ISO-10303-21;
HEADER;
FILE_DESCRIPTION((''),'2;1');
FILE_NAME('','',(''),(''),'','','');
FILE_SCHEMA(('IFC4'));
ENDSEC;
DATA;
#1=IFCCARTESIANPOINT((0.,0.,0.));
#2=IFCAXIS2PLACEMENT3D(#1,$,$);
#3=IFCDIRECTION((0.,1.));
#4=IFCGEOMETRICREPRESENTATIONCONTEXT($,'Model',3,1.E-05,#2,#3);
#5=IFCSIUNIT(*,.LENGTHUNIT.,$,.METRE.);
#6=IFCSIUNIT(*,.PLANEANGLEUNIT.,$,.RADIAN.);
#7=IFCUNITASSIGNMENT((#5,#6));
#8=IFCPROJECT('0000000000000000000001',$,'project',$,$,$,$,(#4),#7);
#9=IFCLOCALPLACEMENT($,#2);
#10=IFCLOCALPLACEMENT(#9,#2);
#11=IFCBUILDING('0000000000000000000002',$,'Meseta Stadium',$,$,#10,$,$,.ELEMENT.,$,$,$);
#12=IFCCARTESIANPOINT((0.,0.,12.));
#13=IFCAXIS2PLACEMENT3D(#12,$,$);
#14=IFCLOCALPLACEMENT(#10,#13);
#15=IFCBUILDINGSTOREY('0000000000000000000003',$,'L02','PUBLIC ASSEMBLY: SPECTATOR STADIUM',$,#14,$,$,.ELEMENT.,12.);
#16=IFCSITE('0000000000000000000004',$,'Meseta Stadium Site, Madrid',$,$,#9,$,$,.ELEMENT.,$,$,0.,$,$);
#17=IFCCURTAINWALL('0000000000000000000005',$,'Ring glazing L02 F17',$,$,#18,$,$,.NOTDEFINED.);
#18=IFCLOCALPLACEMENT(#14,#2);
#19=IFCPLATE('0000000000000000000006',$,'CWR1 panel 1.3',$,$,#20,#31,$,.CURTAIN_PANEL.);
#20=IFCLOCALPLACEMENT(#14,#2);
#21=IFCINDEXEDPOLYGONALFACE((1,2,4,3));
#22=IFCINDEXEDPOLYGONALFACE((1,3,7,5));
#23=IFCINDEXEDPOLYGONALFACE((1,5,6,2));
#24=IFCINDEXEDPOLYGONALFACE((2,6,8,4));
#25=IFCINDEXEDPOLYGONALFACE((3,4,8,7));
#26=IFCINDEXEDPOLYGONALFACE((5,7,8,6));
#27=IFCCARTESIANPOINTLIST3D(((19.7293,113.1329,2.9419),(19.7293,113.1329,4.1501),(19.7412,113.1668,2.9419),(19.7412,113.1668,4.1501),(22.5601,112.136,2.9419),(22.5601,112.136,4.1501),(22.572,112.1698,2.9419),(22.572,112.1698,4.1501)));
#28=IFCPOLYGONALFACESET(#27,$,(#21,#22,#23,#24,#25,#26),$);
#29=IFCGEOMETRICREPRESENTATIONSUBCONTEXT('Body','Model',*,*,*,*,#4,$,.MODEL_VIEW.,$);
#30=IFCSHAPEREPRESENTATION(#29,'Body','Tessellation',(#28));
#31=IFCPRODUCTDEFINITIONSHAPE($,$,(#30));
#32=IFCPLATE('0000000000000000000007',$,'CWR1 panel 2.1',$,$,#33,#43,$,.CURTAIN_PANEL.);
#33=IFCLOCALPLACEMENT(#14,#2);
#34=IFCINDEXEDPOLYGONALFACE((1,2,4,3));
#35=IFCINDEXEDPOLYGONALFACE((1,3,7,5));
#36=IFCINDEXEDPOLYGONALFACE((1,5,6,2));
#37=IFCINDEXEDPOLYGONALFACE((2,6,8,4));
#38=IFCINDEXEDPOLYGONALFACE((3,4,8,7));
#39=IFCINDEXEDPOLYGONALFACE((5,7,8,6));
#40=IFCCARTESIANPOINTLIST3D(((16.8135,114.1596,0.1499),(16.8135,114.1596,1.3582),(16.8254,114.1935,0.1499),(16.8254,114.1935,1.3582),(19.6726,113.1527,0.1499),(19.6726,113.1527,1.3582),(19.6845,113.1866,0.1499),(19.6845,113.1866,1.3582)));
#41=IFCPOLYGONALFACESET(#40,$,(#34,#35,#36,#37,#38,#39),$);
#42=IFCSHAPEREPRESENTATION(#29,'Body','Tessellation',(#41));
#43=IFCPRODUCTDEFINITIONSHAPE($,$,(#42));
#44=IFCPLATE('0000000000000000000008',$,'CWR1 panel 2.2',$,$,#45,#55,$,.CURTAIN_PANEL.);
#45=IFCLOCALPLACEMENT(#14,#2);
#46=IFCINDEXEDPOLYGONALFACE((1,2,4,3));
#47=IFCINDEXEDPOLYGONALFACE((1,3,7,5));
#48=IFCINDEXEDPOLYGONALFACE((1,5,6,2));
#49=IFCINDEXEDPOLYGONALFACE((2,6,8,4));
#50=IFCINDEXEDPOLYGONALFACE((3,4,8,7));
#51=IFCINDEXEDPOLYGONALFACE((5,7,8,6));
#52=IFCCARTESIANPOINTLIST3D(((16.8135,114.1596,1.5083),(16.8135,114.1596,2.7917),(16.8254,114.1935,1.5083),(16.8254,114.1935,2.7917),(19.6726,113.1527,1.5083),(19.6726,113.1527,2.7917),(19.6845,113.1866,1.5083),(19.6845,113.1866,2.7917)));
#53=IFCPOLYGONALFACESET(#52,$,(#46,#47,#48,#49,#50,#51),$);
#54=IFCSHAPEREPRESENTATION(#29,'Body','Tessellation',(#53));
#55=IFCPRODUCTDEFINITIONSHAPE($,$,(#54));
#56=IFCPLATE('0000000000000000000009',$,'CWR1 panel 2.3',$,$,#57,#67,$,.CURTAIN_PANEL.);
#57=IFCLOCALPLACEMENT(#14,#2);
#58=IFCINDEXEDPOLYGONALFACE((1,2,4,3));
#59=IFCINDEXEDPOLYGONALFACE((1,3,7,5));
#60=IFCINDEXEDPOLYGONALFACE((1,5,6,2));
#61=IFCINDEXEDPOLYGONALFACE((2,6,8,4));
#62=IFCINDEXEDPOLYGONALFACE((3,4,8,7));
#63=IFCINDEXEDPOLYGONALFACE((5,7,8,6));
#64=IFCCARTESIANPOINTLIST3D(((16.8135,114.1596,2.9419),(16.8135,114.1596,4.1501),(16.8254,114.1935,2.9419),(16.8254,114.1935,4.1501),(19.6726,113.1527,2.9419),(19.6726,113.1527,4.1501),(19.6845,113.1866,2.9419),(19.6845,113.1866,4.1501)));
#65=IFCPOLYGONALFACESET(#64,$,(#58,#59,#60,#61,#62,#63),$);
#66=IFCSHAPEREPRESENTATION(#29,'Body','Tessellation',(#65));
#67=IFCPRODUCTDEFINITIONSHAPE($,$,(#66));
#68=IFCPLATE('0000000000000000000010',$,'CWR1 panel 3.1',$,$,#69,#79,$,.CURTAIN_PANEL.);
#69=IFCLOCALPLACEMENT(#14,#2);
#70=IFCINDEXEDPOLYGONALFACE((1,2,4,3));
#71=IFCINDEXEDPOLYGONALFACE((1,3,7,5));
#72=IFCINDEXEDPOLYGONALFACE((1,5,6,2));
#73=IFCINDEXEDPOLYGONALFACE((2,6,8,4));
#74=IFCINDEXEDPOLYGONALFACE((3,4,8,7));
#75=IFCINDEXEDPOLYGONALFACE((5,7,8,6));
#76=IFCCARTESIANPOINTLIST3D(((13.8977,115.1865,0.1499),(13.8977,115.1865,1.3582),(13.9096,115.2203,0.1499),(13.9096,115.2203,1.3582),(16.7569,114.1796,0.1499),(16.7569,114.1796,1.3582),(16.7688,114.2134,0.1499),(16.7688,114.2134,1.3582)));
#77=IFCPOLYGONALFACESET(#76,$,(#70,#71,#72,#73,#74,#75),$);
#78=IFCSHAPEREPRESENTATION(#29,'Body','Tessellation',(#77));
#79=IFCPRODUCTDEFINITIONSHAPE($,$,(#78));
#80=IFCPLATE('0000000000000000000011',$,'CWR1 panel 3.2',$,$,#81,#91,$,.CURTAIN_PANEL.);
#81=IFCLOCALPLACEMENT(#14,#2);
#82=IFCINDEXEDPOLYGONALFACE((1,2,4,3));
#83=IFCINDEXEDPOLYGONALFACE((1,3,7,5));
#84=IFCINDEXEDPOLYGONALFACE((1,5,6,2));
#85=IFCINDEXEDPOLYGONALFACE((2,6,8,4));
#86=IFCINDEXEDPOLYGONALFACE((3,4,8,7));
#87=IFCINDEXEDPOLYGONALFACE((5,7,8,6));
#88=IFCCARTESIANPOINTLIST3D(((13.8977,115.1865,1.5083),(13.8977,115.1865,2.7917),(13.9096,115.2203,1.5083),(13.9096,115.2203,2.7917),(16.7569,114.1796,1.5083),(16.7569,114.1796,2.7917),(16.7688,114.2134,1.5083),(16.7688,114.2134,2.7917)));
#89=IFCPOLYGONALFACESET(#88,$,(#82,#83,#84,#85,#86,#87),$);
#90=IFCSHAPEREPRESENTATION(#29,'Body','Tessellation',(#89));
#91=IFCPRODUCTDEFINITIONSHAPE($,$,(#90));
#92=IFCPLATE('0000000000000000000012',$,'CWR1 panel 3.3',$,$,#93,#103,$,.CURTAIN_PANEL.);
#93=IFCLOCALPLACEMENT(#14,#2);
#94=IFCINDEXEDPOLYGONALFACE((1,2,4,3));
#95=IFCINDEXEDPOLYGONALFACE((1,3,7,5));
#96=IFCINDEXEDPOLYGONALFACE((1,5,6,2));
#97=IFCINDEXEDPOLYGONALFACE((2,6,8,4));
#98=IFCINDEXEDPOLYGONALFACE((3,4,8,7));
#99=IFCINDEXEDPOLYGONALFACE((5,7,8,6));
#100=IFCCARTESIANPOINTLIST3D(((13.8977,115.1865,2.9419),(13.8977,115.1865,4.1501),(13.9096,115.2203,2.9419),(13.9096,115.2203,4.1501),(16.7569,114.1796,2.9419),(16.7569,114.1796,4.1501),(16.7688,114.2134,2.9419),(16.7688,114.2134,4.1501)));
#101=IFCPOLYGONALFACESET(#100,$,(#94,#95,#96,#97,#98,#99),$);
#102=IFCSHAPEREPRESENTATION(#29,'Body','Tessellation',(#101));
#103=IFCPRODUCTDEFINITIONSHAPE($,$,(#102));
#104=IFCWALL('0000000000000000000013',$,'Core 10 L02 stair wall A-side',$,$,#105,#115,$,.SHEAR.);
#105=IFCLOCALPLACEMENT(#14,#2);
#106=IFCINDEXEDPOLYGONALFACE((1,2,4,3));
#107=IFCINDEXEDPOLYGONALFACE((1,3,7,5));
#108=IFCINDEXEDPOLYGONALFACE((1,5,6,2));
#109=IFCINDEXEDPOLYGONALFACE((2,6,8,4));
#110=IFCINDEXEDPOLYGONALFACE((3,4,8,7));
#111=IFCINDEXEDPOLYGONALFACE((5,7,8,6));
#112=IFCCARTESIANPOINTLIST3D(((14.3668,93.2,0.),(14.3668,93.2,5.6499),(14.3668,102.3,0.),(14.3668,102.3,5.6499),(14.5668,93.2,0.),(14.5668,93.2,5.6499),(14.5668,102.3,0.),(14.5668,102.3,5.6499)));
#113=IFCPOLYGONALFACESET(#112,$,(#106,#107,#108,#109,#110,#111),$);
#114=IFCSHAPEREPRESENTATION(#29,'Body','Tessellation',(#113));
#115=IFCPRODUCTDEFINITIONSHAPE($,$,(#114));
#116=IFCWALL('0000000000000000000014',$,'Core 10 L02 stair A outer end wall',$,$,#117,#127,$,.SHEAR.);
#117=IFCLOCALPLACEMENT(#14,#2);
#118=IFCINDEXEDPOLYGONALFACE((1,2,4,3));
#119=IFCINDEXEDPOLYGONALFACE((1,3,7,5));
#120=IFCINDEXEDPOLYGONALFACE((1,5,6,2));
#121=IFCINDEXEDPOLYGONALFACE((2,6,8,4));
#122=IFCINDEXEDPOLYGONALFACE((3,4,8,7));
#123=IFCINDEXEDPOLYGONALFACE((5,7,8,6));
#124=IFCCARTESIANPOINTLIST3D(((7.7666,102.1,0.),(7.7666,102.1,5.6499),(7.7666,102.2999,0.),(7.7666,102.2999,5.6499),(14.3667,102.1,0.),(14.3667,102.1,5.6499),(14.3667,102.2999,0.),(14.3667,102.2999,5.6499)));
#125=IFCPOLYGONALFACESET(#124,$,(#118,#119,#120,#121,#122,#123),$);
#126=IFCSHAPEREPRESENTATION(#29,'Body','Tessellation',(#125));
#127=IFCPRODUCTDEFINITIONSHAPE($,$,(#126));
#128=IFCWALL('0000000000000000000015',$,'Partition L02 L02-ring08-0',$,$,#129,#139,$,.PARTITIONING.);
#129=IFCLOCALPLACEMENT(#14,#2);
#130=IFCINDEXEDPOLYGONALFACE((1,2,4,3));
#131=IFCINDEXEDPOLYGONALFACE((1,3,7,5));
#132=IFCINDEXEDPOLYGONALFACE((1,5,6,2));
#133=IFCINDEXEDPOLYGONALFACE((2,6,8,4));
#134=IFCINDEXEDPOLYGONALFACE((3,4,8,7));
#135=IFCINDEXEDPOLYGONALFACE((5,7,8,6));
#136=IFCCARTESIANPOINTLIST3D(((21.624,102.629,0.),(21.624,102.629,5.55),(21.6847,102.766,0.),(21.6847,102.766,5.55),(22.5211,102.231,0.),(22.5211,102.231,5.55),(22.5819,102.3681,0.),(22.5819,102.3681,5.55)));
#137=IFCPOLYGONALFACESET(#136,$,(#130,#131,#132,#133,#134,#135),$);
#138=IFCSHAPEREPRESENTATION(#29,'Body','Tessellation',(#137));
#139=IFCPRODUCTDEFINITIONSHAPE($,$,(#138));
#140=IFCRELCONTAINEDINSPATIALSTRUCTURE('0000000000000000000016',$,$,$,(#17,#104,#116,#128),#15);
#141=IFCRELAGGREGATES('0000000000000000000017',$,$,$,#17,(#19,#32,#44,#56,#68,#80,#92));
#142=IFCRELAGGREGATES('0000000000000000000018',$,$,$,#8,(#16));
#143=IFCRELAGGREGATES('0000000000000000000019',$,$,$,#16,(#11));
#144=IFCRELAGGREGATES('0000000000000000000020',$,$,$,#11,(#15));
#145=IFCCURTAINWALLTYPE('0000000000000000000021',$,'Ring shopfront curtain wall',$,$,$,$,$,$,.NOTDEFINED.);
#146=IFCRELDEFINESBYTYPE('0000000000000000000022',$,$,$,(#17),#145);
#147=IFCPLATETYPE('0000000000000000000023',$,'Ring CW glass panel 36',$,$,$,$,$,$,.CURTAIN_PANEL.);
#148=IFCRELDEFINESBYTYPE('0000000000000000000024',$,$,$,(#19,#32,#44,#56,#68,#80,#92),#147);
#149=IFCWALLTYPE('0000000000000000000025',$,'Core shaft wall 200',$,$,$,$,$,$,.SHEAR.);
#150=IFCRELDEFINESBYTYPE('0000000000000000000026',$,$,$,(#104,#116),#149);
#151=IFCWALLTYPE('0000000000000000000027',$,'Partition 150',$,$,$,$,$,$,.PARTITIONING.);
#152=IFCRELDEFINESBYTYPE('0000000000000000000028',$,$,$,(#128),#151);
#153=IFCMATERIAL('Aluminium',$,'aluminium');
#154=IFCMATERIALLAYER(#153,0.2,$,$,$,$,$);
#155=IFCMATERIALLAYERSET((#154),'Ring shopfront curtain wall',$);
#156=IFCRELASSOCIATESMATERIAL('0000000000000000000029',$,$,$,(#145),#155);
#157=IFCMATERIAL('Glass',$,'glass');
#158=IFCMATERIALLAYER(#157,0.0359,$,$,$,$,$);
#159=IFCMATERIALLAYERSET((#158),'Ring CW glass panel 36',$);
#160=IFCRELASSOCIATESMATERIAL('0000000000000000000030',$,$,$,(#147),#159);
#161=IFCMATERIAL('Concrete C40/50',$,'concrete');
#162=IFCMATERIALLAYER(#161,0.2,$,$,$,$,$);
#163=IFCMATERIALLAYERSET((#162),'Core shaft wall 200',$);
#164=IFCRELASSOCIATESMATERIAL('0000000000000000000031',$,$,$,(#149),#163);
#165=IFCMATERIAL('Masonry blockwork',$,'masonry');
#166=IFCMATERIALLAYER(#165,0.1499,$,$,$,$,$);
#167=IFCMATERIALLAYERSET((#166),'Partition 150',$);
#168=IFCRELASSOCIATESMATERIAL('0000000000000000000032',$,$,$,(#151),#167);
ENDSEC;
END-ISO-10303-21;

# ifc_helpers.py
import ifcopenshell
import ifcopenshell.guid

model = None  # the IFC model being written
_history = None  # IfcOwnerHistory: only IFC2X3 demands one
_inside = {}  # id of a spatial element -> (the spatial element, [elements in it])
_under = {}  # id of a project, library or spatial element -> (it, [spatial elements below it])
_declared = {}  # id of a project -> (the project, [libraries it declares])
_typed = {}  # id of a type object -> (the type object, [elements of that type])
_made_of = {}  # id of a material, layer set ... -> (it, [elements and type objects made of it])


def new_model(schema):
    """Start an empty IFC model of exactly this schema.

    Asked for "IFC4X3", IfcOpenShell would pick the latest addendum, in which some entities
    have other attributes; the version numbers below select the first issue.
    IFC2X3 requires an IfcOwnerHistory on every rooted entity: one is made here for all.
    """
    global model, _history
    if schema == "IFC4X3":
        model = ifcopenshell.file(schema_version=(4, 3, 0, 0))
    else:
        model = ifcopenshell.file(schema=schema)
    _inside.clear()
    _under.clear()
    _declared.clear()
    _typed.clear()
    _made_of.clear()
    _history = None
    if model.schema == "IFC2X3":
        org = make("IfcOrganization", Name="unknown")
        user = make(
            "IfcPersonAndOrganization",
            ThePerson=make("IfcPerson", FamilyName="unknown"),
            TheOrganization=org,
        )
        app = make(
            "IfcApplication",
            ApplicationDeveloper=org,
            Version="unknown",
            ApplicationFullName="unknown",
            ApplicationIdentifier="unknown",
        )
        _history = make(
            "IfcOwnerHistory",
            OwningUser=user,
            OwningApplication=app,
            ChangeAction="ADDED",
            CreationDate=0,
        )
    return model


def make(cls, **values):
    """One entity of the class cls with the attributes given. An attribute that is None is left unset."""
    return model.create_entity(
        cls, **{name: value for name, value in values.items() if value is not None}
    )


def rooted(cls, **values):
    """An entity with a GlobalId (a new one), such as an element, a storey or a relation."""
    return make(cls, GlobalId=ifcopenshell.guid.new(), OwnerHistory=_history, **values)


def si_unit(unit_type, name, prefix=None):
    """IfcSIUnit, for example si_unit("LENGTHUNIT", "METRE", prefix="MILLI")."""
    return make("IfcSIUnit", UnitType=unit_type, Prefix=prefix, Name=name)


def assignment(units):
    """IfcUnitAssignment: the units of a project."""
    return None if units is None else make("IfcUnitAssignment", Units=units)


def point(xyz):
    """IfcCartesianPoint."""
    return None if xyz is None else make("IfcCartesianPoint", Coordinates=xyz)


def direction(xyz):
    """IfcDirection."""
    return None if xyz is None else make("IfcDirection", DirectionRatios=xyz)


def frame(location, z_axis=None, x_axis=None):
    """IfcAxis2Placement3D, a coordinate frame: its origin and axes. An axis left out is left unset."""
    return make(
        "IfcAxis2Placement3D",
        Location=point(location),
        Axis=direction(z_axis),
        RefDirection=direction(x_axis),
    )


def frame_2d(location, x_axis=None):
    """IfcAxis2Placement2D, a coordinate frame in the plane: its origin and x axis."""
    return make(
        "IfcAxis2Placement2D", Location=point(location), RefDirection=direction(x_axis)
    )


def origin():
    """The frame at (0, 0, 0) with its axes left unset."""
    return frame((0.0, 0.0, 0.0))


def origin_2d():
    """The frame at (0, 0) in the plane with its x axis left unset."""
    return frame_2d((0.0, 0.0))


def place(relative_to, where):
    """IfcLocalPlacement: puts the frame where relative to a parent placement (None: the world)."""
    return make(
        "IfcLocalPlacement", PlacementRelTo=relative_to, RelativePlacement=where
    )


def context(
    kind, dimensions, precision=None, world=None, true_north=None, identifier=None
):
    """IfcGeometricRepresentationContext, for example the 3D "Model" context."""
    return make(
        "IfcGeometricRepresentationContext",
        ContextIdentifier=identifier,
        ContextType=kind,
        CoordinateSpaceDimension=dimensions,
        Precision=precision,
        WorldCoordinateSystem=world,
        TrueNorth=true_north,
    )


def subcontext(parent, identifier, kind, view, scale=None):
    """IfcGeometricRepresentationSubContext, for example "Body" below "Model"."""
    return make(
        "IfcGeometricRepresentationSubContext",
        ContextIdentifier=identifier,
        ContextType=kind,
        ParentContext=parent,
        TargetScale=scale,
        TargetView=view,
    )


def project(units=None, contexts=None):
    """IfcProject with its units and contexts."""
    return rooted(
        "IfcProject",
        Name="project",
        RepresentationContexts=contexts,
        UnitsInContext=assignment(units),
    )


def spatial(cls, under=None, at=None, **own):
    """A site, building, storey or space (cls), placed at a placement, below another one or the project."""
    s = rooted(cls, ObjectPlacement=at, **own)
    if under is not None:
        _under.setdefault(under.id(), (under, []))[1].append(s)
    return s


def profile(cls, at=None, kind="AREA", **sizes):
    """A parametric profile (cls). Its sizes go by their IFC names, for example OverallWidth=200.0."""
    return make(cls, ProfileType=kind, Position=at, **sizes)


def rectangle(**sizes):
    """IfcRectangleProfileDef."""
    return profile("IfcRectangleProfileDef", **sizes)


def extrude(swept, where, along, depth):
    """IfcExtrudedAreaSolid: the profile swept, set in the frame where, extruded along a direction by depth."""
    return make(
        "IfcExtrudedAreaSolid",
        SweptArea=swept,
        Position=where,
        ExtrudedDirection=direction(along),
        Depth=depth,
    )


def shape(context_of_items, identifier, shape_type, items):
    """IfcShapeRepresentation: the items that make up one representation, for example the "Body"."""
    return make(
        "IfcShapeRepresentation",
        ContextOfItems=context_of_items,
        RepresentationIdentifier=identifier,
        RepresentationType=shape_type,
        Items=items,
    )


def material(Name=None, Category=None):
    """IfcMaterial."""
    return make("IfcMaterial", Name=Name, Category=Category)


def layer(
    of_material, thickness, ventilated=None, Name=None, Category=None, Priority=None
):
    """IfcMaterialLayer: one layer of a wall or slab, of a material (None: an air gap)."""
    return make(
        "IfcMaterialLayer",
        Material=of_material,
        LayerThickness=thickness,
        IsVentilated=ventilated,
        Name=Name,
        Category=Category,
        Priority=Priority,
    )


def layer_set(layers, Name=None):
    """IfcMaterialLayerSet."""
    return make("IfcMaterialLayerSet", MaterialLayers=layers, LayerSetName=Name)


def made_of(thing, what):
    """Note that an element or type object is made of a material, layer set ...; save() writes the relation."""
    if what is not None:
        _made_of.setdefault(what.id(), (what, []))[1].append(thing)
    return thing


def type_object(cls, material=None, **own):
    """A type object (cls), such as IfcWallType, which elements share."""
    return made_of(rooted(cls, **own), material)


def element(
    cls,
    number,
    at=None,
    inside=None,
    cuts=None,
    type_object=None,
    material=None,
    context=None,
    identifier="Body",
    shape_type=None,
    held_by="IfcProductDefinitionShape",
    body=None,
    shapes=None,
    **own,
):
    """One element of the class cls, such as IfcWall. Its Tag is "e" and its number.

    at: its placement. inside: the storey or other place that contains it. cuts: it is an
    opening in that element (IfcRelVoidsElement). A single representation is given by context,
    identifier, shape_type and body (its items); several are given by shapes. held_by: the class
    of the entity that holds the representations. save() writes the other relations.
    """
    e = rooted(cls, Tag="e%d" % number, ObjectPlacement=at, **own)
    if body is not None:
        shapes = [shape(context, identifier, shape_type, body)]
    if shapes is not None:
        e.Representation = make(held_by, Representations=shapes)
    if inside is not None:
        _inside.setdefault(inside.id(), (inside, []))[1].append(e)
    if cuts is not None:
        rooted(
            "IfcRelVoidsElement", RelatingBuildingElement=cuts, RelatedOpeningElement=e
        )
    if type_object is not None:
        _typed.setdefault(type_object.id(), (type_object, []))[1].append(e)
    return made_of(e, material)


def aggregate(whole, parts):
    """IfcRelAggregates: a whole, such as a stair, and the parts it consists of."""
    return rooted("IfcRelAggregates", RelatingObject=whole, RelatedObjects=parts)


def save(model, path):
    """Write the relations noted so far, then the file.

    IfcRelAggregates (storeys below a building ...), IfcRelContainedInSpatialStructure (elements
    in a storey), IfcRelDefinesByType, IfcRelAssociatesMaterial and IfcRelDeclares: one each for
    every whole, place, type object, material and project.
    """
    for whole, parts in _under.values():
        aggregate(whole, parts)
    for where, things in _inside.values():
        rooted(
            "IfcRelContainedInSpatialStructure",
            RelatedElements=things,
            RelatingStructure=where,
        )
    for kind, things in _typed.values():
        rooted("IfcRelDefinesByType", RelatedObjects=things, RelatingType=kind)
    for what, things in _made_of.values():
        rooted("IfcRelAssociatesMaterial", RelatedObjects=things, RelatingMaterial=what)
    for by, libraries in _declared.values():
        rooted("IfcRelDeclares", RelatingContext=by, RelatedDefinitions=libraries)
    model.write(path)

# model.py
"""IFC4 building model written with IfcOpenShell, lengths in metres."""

from ifc_helpers import new_model, si_unit, direction, frame, frame_2d, origin, origin_2d, place, context, subcontext, project, spatial, rectangle, extrude, material, layer, layer_set, type_object, element, aggregate, save


model = new_model("IFC4")

# Units and contexts
model_context = context("Model", 3, precision=1e-05, world=origin(), true_north=direction((0.0, 1.0)))
body_context = subcontext(model_context, "Body", "Model", "MODEL_VIEW")
ifc_project = project(units=[si_unit("LENGTHUNIT", "METRE"), si_unit("PLANEANGLEUNIT", "RADIAN")], contexts=[model_context])

# Site, building, storey
site_placement = place(None, origin())
site = spatial("IfcSite", under=ifc_project, at=site_placement, Name="Meseta Stadium Site, Madrid", CompositionType="ELEMENT", RefElevation=0.0)
building_placement = place(site_placement, origin())
building = spatial("IfcBuilding", under=site, at=building_placement, Name="Meseta Stadium", CompositionType="ELEMENT")
storey_placement = place(building_placement, frame((0.0, 0.0, 12.0)))
storey = spatial("IfcBuildingStorey", under=building, at=storey_placement, Name="L02", Description="PUBLIC ASSEMBLY: SPECTATOR STADIUM", CompositionType="ELEMENT", Elevation=12.0)

# Curtain wall, plates
ifc_material_1 = material(Name="Aluminium", Category="aluminium")
ifc_layer_1 = layer(ifc_material_1, 0.2)
ifc_layer_set_1 = layer_set([ifc_layer_1], Name="Ring shopfront curtain wall")
curtain_wall_type = type_object("IfcCurtainWallType", Name="Ring shopfront curtain wall", PredefinedType="NOTDEFINED", material=ifc_layer_set_1)
curtain_wall_placement = place(storey_placement, origin())
curtain_wall = element("IfcCurtainWall", 1, at=curtain_wall_placement, inside=storey, type_object=curtain_wall_type, Name="Ring glazing L02 F17", PredefinedType="NOTDEFINED")
ifc_material_2 = material(Name="Glass", Category="glass")
ifc_layer_2 = layer(ifc_material_2, 0.0359)
ifc_layer_set_2 = layer_set([ifc_layer_2], Name="Ring CW glass panel 36")
plate_type = type_object("IfcPlateType", Name="Ring CW glass panel 36", PredefinedType="CURTAIN_PANEL", material=ifc_layer_set_2)
plate_1_placement = place(storey_placement, frame((21.1506, 112.6514, 2.9419), z_axis=(0.0, 0.0, 1.0), x_axis=(-0.943218, 0.332174, 0.0)))
plate_1 = element("IfcPlate", 2, at=plate_1_placement, type_object=plate_type, Name="CWR1 panel 1.3", PredefinedType="CURTAIN_PANEL", context=body_context, shape_type="SweptSolid", body=[
    extrude(rectangle(XDim=3.0012, YDim=0.0359, at=origin_2d()), origin(), (0.0, 0.0, 1.0), 1.2083),
])
plate_2_placement = place(storey_placement, frame((18.249, 113.6731, 0.1499), z_axis=(0.0, 0.0, 1.0), x_axis=(-0.943218, 0.332174, 0.0)))
plate_2 = element("IfcPlate", 3, at=plate_2_placement, type_object=plate_type, Name="CWR1 panel 2.1", PredefinedType="CURTAIN_PANEL", context=body_context, shape_type="SweptSolid", body=[
    extrude(rectangle(XDim=3.0312, YDim=0.0359, at=origin_2d()), origin(), (0.0, 0.0, 1.0), 1.2083),
])
plate_3_placement = place(storey_placement, frame((18.249, 113.6731, 1.5083), z_axis=(0.0, 0.0, 1.0), x_axis=(-0.943218, 0.332174, 0.0)))
plate_3 = element("IfcPlate", 4, at=plate_3_placement, type_object=plate_type, Name="CWR1 panel 2.2", PredefinedType="CURTAIN_PANEL", context=body_context, shape_type="SweptSolid", body=[
    extrude(rectangle(XDim=3.0312, YDim=0.0359, at=origin_2d()), origin(), (0.0, 0.0, 1.0), 1.2834),
])
plate_4_placement = place(storey_placement, frame((18.249, 113.6731, 2.9419), z_axis=(0.0, 0.0, 1.0), x_axis=(-0.943218, 0.332174, 0.0)))
plate_4 = element("IfcPlate", 5, at=plate_4_placement, type_object=plate_type, Name="CWR1 panel 2.3", PredefinedType="CURTAIN_PANEL", context=body_context, shape_type="SweptSolid", body=[
    extrude(rectangle(XDim=3.0312, YDim=0.0359, at=origin_2d()), origin(), (0.0, 0.0, 1.0), 1.2083),
])
plate_5_placement = place(storey_placement, frame((15.3333, 114.7, 0.1499), z_axis=(0.0, 0.0, 1.0), x_axis=(-0.943218, 0.332174, 0.0)))
plate_5 = element("IfcPlate", 6, at=plate_5_placement, type_object=plate_type, Name="CWR1 panel 3.1", PredefinedType="CURTAIN_PANEL", context=body_context, shape_type="SweptSolid", body=[
    extrude(rectangle(XDim=3.0312, YDim=0.0359, at=origin_2d()), origin(), (0.0, 0.0, 1.0), 1.2083),
])
plate_6_placement = place(storey_placement, frame((15.3333, 114.7, 1.5083), z_axis=(0.0, 0.0, 1.0), x_axis=(-0.943218, 0.332174, 0.0)))
plate_6 = element("IfcPlate", 7, at=plate_6_placement, type_object=plate_type, Name="CWR1 panel 3.2", PredefinedType="CURTAIN_PANEL", context=body_context, shape_type="SweptSolid", body=[
    extrude(rectangle(XDim=3.0312, YDim=0.0359, at=origin_2d()), origin(), (0.0, 0.0, 1.0), 1.2834),
])
plate_7_placement = place(storey_placement, frame((15.3333, 114.7, 2.9419), z_axis=(0.0, 0.0, 1.0), x_axis=(-0.943218, 0.332174, 0.0)))
plate_7 = element("IfcPlate", 8, at=plate_7_placement, type_object=plate_type, Name="CWR1 panel 3.3", PredefinedType="CURTAIN_PANEL", context=body_context, shape_type="SweptSolid", body=[
    extrude(rectangle(XDim=3.0312, YDim=0.0359, at=origin_2d()), origin(), (0.0, 0.0, 1.0), 1.2083),
])
aggregate(curtain_wall, [plate_1, plate_2, plate_3, plate_4, plate_5, plate_6, plate_7])

# Walls
ifc_material_3 = material(Name="Concrete C40/50", Category="concrete")
ifc_layer_3 = layer(ifc_material_3, 0.2)
ifc_layer_set_3 = layer_set([ifc_layer_3], Name="Core shaft wall 200")
wall_type_1 = type_object("IfcWallType", Name="Core shaft wall 200", PredefinedType="SHEAR", material=ifc_layer_set_3)
wall_1_placement = place(storey_placement, frame((14.4668, 102.3, 0.0), z_axis=(0.0, 0.0, 1.0), x_axis=(0.0, -1.0, 0.0)))
element("IfcWall", 9, at=wall_1_placement, inside=storey, type_object=wall_type_1, Name="Core 10 L02 stair wall A-side", PredefinedType="SHEAR", context=body_context, shape_type="SweptSolid", body=[
    extrude(rectangle(XDim=9.1001, YDim=0.2, at=frame_2d((4.55, 0.0))), origin(), (0.0, 0.0, 1.0), 5.6499),
])
wall_2_placement = place(storey_placement, frame((14.3667, 102.2, 0.0), z_axis=(0.0, 0.0, 1.0), x_axis=(-1.0, 0.0, 0.0)))
element("IfcWall", 10, at=wall_2_placement, inside=storey, type_object=wall_type_1, Name="Core 10 L02 stair A outer end wall", PredefinedType="SHEAR", context=body_context, shape_type="SweptSolid", body=[
    extrude(rectangle(XDim=6.6001, YDim=0.2, at=frame_2d((3.3, 0.0))), origin(), (0.0, 0.0, 1.0), 5.6499),
])
ifc_material_4 = material(Name="Masonry blockwork", Category="masonry")
ifc_layer_4 = layer(ifc_material_4, 0.1499)
ifc_layer_set_4 = layer_set([ifc_layer_4], Name="Partition 150")
wall_type_2 = type_object("IfcWallType", Name="Partition 150", PredefinedType="PARTITIONING", material=ifc_layer_set_4)
wall_3_placement = place(storey_placement, frame((22.5515, 102.2996, 0.0), z_axis=(0.0, 0.0, 1.0), x_axis=(-0.914119, 0.405446, 0.0)))
element("IfcWall", 11, at=wall_3_placement, inside=storey, type_object=wall_type_2, Name="Partition L02 L02-ring08-0", PredefinedType="PARTITIONING", context=body_context, shape_type="SweptSolid", body=[
    extrude(rectangle(XDim=0.9814, YDim=0.1499, at=frame_2d((0.4907, 0.0))), origin(), (0.0, 0.0, 1.0), 5.55),
])

save(model, "model.ifc")
